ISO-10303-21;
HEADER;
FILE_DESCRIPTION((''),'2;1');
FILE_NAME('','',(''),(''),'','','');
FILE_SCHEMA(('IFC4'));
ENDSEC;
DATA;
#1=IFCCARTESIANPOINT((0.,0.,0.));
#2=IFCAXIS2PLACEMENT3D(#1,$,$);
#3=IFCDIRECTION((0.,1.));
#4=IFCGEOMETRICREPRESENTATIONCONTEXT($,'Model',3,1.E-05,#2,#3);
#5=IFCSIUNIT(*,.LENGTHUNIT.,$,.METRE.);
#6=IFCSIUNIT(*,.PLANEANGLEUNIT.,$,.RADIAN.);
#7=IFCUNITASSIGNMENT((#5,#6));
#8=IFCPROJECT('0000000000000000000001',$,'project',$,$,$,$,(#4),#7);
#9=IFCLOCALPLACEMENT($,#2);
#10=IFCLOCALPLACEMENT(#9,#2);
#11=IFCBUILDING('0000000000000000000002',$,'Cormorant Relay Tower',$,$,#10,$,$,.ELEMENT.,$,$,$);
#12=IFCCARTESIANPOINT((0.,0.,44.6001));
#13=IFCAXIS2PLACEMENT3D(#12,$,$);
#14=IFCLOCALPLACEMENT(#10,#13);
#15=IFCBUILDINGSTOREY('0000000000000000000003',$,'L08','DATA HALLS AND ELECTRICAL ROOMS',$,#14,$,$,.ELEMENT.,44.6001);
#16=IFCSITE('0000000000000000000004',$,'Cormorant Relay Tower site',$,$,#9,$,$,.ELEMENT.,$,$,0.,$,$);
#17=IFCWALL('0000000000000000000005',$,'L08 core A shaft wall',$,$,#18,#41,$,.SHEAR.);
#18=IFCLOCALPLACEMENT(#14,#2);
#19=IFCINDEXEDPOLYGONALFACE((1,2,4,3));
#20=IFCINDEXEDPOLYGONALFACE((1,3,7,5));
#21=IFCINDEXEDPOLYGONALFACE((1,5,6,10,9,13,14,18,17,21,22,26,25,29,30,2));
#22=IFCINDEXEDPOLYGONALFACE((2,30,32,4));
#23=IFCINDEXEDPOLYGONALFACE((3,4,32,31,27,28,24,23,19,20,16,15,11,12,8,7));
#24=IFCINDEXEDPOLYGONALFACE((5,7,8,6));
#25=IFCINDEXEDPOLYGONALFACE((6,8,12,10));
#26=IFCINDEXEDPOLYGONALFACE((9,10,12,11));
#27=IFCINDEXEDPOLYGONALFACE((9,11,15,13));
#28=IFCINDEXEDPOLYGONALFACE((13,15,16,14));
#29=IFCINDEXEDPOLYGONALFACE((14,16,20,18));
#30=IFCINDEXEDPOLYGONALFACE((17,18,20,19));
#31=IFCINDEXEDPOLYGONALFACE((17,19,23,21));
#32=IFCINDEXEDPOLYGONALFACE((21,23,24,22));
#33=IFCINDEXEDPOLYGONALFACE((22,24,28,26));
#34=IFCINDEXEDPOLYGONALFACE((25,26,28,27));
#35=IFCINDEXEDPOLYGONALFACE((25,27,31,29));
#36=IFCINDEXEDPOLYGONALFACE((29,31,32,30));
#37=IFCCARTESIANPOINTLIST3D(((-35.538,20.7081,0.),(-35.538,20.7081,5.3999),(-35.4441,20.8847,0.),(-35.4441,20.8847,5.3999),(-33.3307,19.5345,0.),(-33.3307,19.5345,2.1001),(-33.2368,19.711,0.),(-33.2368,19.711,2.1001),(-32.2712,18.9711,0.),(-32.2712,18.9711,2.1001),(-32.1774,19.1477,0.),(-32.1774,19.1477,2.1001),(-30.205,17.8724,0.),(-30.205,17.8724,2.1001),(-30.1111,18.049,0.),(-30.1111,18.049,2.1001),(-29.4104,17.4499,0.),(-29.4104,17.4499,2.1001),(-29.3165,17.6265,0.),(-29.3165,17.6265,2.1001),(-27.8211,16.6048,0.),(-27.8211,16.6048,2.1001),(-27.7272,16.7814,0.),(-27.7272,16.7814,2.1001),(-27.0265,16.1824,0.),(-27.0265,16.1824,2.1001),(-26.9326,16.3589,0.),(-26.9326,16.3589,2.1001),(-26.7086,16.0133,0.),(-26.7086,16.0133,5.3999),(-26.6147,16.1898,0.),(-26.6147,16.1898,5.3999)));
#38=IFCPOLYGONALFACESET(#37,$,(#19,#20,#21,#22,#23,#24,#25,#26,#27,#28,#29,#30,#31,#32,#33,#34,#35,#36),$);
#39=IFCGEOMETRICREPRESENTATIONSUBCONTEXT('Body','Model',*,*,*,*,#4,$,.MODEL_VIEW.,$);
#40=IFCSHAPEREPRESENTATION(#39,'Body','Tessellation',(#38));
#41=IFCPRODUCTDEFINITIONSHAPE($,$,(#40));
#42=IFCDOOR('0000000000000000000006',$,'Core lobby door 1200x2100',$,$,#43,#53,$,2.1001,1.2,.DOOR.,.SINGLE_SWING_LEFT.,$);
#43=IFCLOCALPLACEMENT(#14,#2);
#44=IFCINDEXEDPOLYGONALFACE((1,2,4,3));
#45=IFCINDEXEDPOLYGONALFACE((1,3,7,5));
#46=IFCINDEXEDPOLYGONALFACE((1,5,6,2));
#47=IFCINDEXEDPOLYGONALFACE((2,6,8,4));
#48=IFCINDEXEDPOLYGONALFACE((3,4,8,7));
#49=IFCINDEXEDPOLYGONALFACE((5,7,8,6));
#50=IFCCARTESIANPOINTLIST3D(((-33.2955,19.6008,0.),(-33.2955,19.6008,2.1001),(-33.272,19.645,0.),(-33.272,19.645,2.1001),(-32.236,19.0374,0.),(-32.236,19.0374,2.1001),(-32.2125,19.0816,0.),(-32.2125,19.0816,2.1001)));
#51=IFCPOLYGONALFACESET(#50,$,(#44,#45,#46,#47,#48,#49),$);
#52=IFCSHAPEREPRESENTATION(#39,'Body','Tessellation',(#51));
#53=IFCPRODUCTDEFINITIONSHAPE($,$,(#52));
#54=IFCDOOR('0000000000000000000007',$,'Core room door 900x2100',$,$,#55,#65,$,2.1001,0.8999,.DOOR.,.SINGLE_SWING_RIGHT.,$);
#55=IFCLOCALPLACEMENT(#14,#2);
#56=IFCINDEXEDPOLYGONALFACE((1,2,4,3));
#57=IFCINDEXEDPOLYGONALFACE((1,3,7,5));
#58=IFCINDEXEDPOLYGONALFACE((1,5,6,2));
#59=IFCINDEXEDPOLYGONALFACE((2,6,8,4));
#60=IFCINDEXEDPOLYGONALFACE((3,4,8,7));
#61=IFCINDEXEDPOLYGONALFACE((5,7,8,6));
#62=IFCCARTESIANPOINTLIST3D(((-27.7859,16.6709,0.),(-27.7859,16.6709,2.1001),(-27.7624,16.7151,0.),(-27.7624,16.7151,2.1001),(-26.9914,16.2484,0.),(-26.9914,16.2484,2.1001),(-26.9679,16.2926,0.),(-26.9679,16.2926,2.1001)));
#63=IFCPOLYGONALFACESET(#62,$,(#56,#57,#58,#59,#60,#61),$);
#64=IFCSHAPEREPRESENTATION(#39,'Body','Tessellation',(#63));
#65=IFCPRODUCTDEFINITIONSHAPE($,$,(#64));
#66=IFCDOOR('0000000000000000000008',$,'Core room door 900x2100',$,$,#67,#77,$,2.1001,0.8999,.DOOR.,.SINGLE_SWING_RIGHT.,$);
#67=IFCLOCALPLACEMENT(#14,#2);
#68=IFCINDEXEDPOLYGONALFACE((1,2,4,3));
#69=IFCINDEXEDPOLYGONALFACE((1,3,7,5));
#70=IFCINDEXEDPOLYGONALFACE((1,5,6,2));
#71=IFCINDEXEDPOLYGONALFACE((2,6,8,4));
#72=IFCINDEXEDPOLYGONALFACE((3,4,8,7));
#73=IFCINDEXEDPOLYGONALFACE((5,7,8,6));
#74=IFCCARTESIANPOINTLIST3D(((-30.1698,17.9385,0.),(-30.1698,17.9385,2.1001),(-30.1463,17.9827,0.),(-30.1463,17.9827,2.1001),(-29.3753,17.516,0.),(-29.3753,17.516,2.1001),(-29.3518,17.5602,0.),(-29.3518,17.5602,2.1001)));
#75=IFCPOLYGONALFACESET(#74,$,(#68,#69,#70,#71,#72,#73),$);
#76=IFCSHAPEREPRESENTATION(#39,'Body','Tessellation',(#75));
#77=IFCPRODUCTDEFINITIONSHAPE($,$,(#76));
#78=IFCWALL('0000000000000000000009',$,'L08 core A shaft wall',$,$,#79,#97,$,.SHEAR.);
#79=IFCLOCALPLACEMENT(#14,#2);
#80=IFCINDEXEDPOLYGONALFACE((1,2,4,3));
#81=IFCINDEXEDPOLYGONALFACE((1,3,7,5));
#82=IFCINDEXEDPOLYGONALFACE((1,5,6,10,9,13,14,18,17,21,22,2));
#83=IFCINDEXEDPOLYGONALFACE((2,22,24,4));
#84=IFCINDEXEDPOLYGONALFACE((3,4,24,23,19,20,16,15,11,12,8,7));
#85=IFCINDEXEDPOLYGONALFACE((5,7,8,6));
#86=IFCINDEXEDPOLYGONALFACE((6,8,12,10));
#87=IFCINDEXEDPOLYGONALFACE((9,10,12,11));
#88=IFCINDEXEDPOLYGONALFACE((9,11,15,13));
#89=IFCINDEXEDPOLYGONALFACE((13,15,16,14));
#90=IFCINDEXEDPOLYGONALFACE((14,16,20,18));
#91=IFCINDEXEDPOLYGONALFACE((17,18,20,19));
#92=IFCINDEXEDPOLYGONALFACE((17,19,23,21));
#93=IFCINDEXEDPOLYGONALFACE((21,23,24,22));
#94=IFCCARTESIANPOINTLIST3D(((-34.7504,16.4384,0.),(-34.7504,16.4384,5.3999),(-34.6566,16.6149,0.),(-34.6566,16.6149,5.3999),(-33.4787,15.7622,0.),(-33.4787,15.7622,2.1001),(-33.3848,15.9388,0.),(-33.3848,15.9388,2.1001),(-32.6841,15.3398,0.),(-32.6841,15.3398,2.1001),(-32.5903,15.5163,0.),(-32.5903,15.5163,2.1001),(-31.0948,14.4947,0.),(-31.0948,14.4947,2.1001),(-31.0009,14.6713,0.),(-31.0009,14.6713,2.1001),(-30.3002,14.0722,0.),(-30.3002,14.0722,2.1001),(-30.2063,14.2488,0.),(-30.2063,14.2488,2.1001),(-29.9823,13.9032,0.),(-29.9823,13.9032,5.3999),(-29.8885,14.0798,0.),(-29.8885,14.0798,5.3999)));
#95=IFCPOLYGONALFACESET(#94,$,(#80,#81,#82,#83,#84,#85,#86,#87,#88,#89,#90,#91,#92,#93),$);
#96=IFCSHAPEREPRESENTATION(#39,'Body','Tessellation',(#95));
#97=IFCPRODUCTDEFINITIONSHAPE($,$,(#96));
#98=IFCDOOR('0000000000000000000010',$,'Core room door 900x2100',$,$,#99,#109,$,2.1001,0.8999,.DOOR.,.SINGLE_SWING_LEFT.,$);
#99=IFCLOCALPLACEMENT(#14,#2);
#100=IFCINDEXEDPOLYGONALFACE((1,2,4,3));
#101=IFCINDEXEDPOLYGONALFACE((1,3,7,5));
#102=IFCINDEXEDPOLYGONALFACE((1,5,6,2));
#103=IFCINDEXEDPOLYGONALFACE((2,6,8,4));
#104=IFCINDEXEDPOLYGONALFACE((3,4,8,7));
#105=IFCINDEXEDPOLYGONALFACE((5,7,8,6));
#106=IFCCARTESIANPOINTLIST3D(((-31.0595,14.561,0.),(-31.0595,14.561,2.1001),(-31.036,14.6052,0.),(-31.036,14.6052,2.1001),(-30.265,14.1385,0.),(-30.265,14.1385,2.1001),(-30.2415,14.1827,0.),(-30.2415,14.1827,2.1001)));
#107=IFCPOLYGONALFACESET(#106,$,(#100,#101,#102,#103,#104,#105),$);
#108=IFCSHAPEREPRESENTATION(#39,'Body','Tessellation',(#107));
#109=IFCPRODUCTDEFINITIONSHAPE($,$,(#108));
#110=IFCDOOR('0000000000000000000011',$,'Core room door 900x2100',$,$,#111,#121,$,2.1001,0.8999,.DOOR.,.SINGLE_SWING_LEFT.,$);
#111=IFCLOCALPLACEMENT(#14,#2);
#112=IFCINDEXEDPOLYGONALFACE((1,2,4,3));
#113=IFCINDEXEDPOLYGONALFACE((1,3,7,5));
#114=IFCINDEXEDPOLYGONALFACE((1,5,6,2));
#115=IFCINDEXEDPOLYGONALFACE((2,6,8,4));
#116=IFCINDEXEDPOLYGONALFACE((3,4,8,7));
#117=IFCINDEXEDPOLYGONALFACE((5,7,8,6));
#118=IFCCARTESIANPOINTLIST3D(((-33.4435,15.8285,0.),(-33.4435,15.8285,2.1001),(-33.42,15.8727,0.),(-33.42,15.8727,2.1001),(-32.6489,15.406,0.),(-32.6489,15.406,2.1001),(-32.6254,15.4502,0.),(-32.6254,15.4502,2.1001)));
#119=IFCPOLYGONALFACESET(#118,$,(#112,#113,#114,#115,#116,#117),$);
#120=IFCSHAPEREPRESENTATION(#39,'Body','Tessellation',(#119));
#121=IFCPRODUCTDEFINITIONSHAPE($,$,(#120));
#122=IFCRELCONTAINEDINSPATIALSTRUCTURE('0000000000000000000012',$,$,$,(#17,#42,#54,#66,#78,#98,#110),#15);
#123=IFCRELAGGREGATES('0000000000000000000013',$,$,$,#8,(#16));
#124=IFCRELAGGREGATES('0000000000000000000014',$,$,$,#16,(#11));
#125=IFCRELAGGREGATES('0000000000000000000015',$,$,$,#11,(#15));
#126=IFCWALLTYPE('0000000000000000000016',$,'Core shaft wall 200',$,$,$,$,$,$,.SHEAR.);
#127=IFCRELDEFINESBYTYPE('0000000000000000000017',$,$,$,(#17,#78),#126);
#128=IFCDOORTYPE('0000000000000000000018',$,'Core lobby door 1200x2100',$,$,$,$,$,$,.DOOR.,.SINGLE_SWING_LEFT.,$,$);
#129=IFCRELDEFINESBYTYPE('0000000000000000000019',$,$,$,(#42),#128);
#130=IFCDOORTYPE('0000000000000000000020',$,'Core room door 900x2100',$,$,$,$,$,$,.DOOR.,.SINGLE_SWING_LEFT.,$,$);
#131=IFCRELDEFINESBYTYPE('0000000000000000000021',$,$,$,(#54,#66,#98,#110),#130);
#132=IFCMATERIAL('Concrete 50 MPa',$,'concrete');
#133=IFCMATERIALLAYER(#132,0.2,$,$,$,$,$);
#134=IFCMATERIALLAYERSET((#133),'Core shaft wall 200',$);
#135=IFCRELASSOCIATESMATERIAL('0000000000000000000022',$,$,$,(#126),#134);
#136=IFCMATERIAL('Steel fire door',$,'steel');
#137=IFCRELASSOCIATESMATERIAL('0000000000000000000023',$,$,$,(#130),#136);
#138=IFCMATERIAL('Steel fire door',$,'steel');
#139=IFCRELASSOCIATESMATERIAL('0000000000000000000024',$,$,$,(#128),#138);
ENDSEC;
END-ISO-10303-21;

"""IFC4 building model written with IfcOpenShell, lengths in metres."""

from ifc_helpers import new_model, si_unit, direction, frame, frame_2d, origin, place, context, subcontext, project, spatial, rectangle, extrude, material, layer, layer_set, type_object, element, fill, save


model = new_model("IFC4")

# Units and contexts
model_context = context("Model", 3, precision=1e-05, world=origin(), true_north=direction((0.0, 1.0)))
body_context = subcontext(model_context, "Body", "Model", "MODEL_VIEW")
ifc_project = project(units=[si_unit("LENGTHUNIT", "METRE"), si_unit("PLANEANGLEUNIT", "RADIAN")], contexts=[model_context])

# Site, building, storey
site_placement = place(None, origin())
site = spatial("IfcSite", under=ifc_project, at=site_placement, Name="Cormorant Relay Tower site", CompositionType="ELEMENT", RefElevation=0.0)
building_placement = place(site_placement, origin())
building = spatial("IfcBuilding", under=site, at=building_placement, Name="Cormorant Relay Tower", CompositionType="ELEMENT")
storey_placement = place(building_placement, frame((0.0, 0.0, 44.6001)))
storey = spatial("IfcBuildingStorey", under=building, at=storey_placement, Name="L08", Description="DATA HALLS AND ELECTRICAL ROOMS", CompositionType="ELEMENT", Elevation=44.6001)

# Shared definitions
ifc_material_1 = material(Name="Concrete 50 MPa", Category="concrete")
ifc_layer_1 = layer(ifc_material_1, 0.2)
ifc_layer_set_1 = layer_set([ifc_layer_1], Name="Core shaft wall 200")
wall_type_1 = type_object("IfcWallType", Name="Core shaft wall 200", PredefinedType="SHEAR", material=ifc_layer_set_1)
ifc_material_2 = material(Name="Steel fire door", Category="steel")
door_type_1 = type_object("IfcDoorType", Name="Core room door 900x2100", OperationType="SINGLE_SWING_LEFT", PredefinedType="DOOR", material=ifc_material_2)

# Walls, openings, doors
wall_1_placement = place(storey_placement, frame((-26.6616, 16.1016, 0.0), z_axis=(0.0, 0.0, 1.0), x_axis=(-0.88294, 0.469485, 0.0)))
wall_1 = element("IfcWall", 1, at=wall_1_placement, inside=storey, type_object=wall_type_1, Name="L08 core A shaft wall", PredefinedType="SHEAR", context=body_context, shape_type="SweptSolid", body=[
    extrude(rectangle(XDim=10.0, YDim=0.2, at=frame_2d((5.0, 0.0))), origin(), (0.0, 0.0, 1.0), 5.3999),
])
opening_1_placement = place(wall_1_placement, frame((6.3, 0.0, 0.0)))
opening_1 = element("IfcOpeningElement", 2, at=opening_1_placement, cuts=wall_1, PredefinedType="OPENING", context=body_context, shape_type="SweptSolid", body=[
    extrude(rectangle(XDim=1.2, YDim=2.1001, at=frame_2d((0.6001, 1.05))), frame((0.0, 0.1099, 0.0), z_axis=(0.0, -1.0, 0.0), x_axis=(1.0, 0.0, 0.0)), (0.0, 0.0, 1.0), 0.22),
])
opening_2_placement = place(wall_1_placement, frame((0.3601, 0.0, 0.0)))
opening_2 = element("IfcOpeningElement", 3, at=opening_2_placement, cuts=wall_1, PredefinedType="OPENING", context=body_context, shape_type="SweptSolid", body=[
    extrude(rectangle(XDim=0.8999, YDim=2.1001, at=frame_2d((0.45, 1.05))), frame((0.0, 0.1099, 0.0), z_axis=(0.0, -1.0, 0.0), x_axis=(1.0, 0.0, 0.0)), (0.0, 0.0, 1.0), 0.22),
])
opening_3_placement = place(wall_1_placement, frame((3.0601, 0.0, 0.0)))
opening_3 = element("IfcOpeningElement", 4, at=opening_3_placement, cuts=wall_1, PredefinedType="OPENING", context=body_context, shape_type="SweptSolid", body=[
    extrude(rectangle(XDim=0.8999, YDim=2.1001, at=frame_2d((0.45, 1.05))), frame((0.0, 0.1099, 0.0), z_axis=(0.0, -1.0, 0.0), x_axis=(1.0, 0.0, 0.0)), (0.0, 0.0, 1.0), 0.22),
])
ifc_material_3 = material(Name="Steel fire door", Category="steel")
door_type_2 = type_object("IfcDoorType", Name="Core lobby door 1200x2100", OperationType="SINGLE_SWING_LEFT", PredefinedType="DOOR", material=ifc_material_3)
door_1_placement = place(opening_1_placement, origin())
door_1 = element("IfcDoor", 5, at=door_1_placement, inside=storey, type_object=door_type_2, Name="Core lobby door 1200x2100", OperationType="SINGLE_SWING_LEFT", OverallHeight=2.1001, OverallWidth=1.2, PredefinedType="DOOR", context=body_context, shape_type="SweptSolid", body=[
    extrude(rectangle(XDim=1.2, YDim=2.1001, at=frame_2d((0.6001, 1.05))), frame((0.0, 0.0249, 0.0), z_axis=(0.0, -1.0, 0.0), x_axis=(1.0, 0.0, 0.0)), (0.0, 0.0, 1.0), 0.05),
])
fill(opening_1, door_1)
door_2_placement = place(opening_2_placement, frame((0.8999, 0.0, 0.0), z_axis=(0.0, 0.0, 1.0), x_axis=(-1.0, 0.0, 0.0)))
door_2 = element("IfcDoor", 6, at=door_2_placement, inside=storey, type_object=door_type_1, Name="Core room door 900x2100", OperationType="SINGLE_SWING_RIGHT", OverallHeight=2.1001, OverallWidth=0.8999, PredefinedType="DOOR", context=body_context, shape_type="SweptSolid", body=[
    extrude(rectangle(XDim=0.8999, YDim=2.1001, at=frame_2d((0.45, 1.05))), frame((0.0, 0.0249, 0.0), z_axis=(0.0, -1.0, 0.0), x_axis=(1.0, 0.0, 0.0)), (0.0, 0.0, 1.0), 0.05),
])
fill(opening_2, door_2)
door_3_placement = place(opening_3_placement, frame((0.8999, 0.0, 0.0), z_axis=(0.0, 0.0, 1.0), x_axis=(-1.0, 0.0, 0.0)))
door_3 = element("IfcDoor", 7, at=door_3_placement, inside=storey, type_object=door_type_1, Name="Core room door 900x2100", OperationType="SINGLE_SWING_RIGHT", OverallHeight=2.1001, OverallWidth=0.8999, PredefinedType="DOOR", context=body_context, shape_type="SweptSolid", body=[
    extrude(rectangle(XDim=0.8999, YDim=2.1001, at=frame_2d((0.45, 1.05))), frame((0.0, 0.0249, 0.0), z_axis=(0.0, -1.0, 0.0), x_axis=(1.0, 0.0, 0.0)), (0.0, 0.0, 1.0), 0.05),
])
fill(opening_3, door_3)
wall_2_placement = place(storey_placement, frame((-29.9353, 13.9915, 0.0), z_axis=(0.0, 0.0, 1.0), x_axis=(-0.882953, 0.469462, 0.0)))
wall_2 = element("IfcWall", 8, at=wall_2_placement, inside=storey, type_object=wall_type_1, Name="L08 core A shaft wall", PredefinedType="SHEAR", context=body_context, shape_type="SweptSolid", body=[
    extrude(rectangle(XDim=5.4001, YDim=0.2, at=frame_2d((2.7002, 0.0))), origin(), (0.0, 0.0, 1.0), 5.3999),
])
opening_4_placement = place(wall_2_placement, frame((0.3601, 0.0, 0.0)))
opening_4 = element("IfcOpeningElement", 9, at=opening_4_placement, cuts=wall_2, PredefinedType="OPENING", context=body_context, shape_type="SweptSolid", body=[
    extrude(rectangle(XDim=0.8999, YDim=2.1001, at=frame_2d((0.45, 1.05))), frame((0.0, 0.1099, 0.0), z_axis=(0.0, -1.0, 0.0), x_axis=(1.0, 0.0, 0.0)), (0.0, 0.0, 1.0), 0.22),
])
opening_5_placement = place(wall_2_placement, frame((3.0601, 0.0, 0.0)))
opening_5 = element("IfcOpeningElement", 10, at=opening_5_placement, cuts=wall_2, PredefinedType="OPENING", context=body_context, shape_type="SweptSolid", body=[
    extrude(rectangle(XDim=0.8999, YDim=2.1001, at=frame_2d((0.45, 1.05))), frame((0.0, 0.1099, 0.0), z_axis=(0.0, -1.0, 0.0), x_axis=(1.0, 0.0, 0.0)), (0.0, 0.0, 1.0), 0.22),
])
door_4_placement = place(opening_4_placement, origin())
door_4 = element("IfcDoor", 11, at=door_4_placement, inside=storey, type_object=door_type_1, Name="Core room door 900x2100", OperationType="SINGLE_SWING_LEFT", OverallHeight=2.1001, OverallWidth=0.8999, PredefinedType="DOOR", context=body_context, shape_type="SweptSolid", body=[
    extrude(rectangle(XDim=0.8999, YDim=2.1001, at=frame_2d((0.45, 1.05))), frame((0.0, 0.0249, 0.0), z_axis=(0.0, -1.0, 0.0), x_axis=(1.0, 0.0, 0.0)), (0.0, 0.0, 1.0), 0.05),
])
fill(opening_4, door_4)
door_5_placement = place(opening_5_placement, origin())
door_5 = element("IfcDoor", 12, at=door_5_placement, inside=storey, type_object=door_type_1, Name="Core room door 900x2100", OperationType="SINGLE_SWING_LEFT", OverallHeight=2.1001, OverallWidth=0.8999, PredefinedType="DOOR", context=body_context, shape_type="SweptSolid", body=[
    extrude(rectangle(XDim=0.8999, YDim=2.1001, at=frame_2d((0.45, 1.05))), frame((0.0, 0.0249, 0.0), z_axis=(0.0, -1.0, 0.0), x_axis=(1.0, 0.0, 0.0)), (0.0, 0.0, 1.0), 0.05),
])
fill(opening_5, door_5)

save(model, "model.ifc")
